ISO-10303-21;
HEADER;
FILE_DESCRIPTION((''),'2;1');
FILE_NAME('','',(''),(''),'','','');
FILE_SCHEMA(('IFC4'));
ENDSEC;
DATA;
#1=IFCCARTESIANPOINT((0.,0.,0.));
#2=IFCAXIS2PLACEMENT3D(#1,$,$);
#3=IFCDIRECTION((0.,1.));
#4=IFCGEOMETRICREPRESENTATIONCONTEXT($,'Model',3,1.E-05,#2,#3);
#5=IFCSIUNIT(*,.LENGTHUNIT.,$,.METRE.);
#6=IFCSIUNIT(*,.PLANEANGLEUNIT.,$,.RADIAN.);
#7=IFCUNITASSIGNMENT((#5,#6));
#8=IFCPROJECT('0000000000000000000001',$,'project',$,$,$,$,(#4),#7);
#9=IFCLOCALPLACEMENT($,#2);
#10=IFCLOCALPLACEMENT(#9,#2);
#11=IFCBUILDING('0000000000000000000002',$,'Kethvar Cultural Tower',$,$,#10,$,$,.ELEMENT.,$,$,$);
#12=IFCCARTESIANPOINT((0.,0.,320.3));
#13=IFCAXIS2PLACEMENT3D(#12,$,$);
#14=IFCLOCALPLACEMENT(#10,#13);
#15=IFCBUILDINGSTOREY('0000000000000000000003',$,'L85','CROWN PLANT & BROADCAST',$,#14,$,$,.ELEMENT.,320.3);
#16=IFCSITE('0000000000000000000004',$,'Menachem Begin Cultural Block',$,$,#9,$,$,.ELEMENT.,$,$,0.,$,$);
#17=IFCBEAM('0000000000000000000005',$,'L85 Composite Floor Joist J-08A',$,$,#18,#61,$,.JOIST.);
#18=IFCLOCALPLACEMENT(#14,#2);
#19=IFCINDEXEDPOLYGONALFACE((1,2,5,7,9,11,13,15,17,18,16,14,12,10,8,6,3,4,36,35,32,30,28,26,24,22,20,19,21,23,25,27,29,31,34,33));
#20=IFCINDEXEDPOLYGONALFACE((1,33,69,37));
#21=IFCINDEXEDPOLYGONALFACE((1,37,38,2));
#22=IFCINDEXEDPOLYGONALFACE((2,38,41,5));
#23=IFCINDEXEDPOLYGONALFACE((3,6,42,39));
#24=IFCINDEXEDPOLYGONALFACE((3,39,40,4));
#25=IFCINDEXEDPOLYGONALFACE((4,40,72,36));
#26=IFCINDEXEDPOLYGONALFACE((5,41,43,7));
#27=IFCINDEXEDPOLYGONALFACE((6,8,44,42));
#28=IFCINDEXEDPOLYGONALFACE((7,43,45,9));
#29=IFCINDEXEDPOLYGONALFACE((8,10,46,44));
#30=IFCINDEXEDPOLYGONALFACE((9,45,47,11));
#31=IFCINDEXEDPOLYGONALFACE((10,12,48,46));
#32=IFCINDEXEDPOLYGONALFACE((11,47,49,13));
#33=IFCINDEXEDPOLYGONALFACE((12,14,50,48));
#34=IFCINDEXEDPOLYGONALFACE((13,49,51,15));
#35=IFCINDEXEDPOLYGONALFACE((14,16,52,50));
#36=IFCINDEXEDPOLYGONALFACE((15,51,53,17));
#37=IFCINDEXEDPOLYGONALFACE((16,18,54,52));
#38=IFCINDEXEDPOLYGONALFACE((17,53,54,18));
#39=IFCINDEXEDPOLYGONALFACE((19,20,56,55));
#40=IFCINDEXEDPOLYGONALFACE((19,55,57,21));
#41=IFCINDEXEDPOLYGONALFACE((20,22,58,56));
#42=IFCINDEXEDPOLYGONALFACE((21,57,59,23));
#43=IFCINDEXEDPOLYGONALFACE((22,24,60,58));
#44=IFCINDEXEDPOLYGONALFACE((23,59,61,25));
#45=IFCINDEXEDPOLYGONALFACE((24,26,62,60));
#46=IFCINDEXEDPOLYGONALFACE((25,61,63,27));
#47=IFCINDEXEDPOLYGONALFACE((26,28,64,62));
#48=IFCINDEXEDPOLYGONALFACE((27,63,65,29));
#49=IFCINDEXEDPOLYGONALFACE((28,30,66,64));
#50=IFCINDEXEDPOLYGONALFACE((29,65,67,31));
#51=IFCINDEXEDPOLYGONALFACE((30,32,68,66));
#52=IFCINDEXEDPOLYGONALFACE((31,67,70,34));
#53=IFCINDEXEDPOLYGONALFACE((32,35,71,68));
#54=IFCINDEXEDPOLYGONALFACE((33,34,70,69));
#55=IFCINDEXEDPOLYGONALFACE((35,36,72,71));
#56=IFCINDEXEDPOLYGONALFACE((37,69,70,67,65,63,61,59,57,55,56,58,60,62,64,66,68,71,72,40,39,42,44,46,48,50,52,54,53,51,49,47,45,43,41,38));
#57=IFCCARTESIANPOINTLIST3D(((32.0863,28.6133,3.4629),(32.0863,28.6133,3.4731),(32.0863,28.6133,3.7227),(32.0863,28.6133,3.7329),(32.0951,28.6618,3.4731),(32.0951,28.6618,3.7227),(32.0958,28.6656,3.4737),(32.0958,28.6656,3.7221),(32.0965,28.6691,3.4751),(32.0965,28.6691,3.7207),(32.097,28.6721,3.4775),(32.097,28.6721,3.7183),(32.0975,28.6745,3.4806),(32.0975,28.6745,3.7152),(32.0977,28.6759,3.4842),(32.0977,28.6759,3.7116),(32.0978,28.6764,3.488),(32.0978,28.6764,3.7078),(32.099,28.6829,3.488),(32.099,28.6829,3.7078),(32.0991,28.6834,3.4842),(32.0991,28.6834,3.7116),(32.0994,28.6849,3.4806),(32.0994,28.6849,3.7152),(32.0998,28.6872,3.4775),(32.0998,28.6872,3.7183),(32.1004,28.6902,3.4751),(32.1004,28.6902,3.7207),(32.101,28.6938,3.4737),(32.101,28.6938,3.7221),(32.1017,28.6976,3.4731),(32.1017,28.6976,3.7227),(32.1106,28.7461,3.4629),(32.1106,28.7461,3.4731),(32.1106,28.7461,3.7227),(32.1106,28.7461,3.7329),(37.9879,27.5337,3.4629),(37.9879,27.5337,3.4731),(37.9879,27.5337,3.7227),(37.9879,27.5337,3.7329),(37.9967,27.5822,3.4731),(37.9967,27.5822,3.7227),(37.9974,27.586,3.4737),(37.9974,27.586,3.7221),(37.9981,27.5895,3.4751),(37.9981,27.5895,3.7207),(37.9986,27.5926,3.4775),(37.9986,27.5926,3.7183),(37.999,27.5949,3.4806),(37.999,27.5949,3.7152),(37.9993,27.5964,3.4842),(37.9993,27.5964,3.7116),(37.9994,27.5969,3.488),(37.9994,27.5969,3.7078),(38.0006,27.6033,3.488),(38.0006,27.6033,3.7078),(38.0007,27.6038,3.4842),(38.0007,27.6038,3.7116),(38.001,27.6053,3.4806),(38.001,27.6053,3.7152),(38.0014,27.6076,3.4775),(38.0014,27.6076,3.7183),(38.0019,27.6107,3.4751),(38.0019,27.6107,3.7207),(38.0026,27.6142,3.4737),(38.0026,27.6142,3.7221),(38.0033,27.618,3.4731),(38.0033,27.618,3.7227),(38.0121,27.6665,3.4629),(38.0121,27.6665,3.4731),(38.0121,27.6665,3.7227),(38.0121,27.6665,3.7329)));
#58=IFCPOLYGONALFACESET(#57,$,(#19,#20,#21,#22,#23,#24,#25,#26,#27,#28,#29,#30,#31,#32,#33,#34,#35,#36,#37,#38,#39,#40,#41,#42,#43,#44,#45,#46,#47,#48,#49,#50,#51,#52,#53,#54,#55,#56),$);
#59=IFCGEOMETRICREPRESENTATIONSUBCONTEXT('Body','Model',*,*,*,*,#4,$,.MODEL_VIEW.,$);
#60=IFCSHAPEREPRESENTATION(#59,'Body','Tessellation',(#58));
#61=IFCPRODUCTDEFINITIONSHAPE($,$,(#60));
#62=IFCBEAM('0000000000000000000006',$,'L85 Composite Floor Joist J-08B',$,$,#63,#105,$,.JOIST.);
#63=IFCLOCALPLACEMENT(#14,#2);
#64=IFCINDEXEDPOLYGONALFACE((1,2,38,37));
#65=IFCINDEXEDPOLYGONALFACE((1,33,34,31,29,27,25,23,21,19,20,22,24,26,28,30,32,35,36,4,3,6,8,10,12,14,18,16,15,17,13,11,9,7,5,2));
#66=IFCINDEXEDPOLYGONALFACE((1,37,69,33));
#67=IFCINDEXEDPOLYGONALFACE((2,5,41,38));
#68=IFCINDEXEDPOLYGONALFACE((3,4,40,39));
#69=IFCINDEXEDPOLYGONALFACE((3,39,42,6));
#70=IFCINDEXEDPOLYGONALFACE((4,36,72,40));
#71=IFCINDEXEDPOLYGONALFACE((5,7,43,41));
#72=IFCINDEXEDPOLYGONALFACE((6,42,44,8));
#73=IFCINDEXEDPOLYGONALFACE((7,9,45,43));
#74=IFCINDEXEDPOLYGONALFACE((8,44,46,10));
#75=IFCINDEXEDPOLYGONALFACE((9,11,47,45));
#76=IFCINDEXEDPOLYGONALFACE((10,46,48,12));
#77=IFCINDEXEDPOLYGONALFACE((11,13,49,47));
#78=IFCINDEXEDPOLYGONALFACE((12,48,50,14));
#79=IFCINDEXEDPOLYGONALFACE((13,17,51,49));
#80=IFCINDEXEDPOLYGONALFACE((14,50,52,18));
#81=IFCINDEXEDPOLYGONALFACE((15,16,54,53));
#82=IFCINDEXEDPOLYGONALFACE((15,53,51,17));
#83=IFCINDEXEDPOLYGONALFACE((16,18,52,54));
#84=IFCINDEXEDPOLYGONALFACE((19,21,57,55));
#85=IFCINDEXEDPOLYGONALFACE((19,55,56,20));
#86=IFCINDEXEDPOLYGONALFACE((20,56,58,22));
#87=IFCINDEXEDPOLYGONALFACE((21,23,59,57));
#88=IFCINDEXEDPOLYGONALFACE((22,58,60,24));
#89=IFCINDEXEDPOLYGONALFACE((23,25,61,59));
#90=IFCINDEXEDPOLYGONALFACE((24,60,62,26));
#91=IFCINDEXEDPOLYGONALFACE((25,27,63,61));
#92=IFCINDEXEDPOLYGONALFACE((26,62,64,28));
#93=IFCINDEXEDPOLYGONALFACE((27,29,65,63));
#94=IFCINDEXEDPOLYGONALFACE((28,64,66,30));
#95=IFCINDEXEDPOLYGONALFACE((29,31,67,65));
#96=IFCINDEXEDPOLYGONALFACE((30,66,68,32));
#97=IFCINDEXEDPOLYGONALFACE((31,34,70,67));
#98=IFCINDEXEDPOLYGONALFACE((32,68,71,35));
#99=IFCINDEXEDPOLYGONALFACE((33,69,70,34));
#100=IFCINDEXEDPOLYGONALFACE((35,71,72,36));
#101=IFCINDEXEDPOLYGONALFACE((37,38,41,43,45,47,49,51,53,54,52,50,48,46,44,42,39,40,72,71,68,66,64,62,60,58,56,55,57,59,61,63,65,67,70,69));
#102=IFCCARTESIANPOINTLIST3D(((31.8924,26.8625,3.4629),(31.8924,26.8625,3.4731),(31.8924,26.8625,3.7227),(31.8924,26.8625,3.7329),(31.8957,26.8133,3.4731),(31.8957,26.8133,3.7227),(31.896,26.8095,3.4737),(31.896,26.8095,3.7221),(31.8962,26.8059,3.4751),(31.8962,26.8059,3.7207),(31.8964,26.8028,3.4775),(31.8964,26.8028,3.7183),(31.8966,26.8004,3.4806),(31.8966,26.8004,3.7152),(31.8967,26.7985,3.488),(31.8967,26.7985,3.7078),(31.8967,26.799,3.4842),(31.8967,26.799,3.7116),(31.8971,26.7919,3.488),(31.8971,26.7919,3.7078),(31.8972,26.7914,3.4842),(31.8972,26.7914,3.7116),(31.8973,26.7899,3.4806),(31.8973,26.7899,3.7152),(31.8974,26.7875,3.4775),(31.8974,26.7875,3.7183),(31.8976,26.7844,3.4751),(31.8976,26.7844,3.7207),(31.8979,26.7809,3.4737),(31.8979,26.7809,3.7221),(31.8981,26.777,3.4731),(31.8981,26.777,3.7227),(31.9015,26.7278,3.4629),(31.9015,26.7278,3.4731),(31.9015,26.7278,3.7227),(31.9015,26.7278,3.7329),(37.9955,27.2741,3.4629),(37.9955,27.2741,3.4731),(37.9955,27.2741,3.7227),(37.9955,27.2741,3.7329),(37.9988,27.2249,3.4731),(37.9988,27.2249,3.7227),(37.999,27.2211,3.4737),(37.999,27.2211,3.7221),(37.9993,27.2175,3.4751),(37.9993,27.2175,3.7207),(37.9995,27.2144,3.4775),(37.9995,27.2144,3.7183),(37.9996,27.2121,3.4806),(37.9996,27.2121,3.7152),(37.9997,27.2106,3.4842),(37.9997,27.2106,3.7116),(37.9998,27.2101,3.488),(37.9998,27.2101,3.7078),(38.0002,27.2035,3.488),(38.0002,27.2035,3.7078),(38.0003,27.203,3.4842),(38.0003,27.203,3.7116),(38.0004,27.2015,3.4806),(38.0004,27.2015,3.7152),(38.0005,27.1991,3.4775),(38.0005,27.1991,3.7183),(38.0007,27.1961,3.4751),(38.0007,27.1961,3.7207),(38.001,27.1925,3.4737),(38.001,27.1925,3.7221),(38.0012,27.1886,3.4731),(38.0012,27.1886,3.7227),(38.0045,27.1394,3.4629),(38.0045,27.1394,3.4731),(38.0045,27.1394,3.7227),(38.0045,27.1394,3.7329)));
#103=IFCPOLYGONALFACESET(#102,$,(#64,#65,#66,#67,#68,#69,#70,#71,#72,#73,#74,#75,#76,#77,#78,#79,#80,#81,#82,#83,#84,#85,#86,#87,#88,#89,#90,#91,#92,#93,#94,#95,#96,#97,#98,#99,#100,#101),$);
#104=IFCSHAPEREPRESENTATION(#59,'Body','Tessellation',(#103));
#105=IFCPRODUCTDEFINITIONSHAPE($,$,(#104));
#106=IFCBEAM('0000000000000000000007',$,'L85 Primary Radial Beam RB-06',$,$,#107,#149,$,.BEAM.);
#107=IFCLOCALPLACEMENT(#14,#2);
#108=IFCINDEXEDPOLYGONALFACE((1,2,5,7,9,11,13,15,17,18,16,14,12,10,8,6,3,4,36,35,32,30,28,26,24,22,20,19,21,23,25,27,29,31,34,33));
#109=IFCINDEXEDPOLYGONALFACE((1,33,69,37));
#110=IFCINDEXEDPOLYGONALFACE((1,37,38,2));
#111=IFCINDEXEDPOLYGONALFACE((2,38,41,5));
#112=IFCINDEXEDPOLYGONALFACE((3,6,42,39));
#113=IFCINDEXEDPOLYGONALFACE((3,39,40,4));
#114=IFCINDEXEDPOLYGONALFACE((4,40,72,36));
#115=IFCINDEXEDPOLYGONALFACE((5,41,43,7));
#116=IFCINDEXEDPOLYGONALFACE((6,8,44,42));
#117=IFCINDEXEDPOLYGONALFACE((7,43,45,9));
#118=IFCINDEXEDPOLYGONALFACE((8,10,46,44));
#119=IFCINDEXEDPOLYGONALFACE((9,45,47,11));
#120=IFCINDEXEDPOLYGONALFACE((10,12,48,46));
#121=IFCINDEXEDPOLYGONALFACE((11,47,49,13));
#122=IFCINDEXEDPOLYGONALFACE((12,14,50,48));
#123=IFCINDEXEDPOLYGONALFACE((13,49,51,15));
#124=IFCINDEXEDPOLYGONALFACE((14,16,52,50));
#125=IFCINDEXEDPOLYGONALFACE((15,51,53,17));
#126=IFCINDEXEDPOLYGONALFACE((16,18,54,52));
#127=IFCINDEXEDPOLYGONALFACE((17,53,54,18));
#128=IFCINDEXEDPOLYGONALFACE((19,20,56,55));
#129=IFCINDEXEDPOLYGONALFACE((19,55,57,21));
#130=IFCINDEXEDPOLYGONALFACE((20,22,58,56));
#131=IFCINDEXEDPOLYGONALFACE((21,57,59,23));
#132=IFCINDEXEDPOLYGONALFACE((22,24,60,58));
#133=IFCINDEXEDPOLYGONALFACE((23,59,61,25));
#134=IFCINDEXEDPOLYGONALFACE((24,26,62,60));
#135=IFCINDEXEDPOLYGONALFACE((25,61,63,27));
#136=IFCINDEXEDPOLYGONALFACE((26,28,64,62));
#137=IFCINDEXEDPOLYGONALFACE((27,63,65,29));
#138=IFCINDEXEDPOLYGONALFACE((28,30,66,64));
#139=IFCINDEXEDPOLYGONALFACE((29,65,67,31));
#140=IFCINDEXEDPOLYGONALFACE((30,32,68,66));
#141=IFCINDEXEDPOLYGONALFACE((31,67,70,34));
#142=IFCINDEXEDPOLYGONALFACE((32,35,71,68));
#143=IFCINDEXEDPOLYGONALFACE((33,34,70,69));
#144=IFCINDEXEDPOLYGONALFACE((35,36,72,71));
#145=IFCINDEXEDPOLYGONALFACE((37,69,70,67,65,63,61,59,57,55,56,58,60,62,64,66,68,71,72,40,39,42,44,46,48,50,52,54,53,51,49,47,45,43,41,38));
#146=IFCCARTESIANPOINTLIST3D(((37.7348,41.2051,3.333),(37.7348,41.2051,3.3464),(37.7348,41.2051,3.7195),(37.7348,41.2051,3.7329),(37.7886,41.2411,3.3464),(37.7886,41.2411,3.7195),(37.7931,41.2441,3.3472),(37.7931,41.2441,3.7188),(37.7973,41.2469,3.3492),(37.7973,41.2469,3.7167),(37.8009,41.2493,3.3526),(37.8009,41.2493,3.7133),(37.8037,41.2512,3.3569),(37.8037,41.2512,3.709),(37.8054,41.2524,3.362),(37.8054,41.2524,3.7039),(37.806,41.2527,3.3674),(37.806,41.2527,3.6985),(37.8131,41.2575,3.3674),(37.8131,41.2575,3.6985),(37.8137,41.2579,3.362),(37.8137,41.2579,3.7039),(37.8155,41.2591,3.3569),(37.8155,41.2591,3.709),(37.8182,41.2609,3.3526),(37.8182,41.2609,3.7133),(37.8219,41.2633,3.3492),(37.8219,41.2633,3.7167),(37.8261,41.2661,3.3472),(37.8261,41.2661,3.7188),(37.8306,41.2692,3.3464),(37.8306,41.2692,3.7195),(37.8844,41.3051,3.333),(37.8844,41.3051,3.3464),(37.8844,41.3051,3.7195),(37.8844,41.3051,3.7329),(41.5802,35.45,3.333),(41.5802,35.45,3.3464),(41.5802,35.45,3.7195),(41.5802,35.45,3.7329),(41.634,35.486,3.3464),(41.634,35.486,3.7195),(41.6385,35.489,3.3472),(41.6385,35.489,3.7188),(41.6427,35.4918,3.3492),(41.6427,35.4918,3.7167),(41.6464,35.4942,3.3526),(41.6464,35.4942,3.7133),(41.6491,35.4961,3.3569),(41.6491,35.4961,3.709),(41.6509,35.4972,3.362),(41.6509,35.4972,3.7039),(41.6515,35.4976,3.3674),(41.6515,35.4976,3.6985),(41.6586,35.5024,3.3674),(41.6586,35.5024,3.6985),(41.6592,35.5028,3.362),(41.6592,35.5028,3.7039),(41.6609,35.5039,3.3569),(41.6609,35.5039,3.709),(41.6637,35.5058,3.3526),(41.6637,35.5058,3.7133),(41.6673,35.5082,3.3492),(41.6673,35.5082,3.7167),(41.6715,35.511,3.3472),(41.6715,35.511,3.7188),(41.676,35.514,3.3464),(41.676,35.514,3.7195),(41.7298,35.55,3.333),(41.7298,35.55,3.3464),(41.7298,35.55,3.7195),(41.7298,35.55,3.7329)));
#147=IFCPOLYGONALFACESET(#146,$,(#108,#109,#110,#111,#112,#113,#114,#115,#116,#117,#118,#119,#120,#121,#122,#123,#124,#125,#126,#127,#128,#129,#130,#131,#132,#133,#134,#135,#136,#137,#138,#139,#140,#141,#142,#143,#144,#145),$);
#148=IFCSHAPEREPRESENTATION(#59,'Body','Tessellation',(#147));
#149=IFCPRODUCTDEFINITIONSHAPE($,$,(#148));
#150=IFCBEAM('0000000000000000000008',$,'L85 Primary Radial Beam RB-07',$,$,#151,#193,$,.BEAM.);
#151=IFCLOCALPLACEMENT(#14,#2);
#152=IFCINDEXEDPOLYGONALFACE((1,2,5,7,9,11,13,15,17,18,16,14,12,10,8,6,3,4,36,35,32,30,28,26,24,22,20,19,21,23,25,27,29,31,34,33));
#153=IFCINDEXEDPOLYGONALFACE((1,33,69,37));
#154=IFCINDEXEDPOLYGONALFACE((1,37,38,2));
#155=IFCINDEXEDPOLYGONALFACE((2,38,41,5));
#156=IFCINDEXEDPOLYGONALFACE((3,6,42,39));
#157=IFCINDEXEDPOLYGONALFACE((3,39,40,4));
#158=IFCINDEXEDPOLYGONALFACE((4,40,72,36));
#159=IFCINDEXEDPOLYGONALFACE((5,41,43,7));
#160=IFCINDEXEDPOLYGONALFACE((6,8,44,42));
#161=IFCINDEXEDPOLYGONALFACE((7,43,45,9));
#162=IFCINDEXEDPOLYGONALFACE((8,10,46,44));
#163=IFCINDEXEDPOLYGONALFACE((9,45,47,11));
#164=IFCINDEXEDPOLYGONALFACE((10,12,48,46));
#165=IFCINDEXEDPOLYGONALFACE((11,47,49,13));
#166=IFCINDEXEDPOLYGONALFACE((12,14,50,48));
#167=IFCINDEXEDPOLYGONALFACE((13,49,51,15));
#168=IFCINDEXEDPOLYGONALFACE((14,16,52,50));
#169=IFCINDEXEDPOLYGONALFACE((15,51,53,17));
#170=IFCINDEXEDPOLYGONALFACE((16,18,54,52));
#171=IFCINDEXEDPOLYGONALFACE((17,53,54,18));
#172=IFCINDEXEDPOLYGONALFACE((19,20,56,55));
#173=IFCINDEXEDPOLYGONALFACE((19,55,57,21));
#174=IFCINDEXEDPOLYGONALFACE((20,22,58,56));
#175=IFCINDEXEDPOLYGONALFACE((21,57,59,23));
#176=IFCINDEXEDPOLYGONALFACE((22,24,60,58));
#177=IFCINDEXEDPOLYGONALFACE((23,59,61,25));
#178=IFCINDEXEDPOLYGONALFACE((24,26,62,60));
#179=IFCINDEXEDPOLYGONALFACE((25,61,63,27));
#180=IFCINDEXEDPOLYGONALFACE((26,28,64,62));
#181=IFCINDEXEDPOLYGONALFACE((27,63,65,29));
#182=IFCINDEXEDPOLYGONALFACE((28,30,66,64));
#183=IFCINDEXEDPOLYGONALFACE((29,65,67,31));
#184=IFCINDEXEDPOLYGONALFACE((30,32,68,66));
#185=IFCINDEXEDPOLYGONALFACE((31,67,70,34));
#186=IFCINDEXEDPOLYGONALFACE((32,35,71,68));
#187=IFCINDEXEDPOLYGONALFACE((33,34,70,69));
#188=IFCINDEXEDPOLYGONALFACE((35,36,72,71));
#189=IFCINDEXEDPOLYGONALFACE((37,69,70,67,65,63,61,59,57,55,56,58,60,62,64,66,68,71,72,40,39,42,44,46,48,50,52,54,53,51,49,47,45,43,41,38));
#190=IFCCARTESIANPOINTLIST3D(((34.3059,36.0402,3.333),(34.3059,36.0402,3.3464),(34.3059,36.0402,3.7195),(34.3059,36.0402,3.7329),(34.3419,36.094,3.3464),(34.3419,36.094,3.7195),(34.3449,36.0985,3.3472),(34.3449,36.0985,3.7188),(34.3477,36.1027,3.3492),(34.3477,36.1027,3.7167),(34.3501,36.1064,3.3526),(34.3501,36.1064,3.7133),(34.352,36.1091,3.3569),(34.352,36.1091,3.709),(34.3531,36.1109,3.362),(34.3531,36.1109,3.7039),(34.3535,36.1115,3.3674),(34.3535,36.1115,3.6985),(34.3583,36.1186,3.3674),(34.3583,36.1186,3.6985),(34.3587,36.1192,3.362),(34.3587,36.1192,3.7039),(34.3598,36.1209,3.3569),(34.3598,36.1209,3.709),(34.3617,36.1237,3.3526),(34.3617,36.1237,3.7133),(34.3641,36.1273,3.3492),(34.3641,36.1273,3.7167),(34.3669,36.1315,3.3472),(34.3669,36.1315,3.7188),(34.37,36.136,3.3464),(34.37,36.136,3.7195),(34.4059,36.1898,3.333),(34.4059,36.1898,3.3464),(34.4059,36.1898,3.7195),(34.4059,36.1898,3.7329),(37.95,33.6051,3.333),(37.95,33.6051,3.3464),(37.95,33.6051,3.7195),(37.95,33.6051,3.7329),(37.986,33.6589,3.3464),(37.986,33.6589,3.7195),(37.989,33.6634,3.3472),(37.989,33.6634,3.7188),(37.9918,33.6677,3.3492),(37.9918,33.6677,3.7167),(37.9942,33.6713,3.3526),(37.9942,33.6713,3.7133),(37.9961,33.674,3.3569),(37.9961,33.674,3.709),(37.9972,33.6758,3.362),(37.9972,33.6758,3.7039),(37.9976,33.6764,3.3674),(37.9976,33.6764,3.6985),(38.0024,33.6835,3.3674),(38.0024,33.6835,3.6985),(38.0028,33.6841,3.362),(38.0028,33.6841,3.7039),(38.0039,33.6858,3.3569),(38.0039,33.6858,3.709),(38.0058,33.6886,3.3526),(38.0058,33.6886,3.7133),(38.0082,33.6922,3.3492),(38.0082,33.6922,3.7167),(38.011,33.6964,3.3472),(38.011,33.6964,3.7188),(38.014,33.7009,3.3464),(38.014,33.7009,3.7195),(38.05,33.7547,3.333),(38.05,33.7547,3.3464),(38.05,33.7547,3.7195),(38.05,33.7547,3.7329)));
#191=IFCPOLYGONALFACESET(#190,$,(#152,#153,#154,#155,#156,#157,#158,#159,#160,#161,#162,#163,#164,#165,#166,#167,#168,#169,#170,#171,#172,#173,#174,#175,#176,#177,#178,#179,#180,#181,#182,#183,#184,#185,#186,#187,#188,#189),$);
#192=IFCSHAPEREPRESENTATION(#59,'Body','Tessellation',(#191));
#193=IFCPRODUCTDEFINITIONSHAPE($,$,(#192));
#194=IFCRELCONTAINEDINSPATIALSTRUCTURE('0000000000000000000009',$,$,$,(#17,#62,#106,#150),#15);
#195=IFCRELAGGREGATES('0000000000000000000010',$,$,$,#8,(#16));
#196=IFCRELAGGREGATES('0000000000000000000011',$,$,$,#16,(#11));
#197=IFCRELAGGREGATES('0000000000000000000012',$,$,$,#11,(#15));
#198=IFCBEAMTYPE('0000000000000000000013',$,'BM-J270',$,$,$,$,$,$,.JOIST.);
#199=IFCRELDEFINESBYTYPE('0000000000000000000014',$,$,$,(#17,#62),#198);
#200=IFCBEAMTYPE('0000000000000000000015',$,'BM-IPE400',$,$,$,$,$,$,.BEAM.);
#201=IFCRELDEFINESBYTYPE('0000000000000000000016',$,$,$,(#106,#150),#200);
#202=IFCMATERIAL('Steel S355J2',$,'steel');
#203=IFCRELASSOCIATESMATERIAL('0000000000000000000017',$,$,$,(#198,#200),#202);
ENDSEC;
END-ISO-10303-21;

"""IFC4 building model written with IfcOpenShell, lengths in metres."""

from ifc_helpers import new_model, si_unit, direction, frame, origin, origin_2d, place, context, subcontext, project, spatial, i_section, extrude, source, transform, mapped, material, material_profile, profile_set, type_object, element, save


model = new_model("IFC4")

# Units and contexts
model_context = context("Model", 3, precision=1e-05, world=origin(), true_north=direction((0.0, 1.0)))
body_context = subcontext(model_context, "Body", "Model", "MODEL_VIEW")
ifc_project = project(units=[si_unit("LENGTHUNIT", "METRE"), si_unit("PLANEANGLEUNIT", "RADIAN")], contexts=[model_context])

# Site, building, storey
site_placement = place(None, origin())
site = spatial("IfcSite", under=ifc_project, at=site_placement, Name="Menachem Begin Cultural Block", CompositionType="ELEMENT", RefElevation=0.0)
building_placement = place(site_placement, origin())
building = spatial("IfcBuilding", under=site, at=building_placement, Name="Kethvar Cultural Tower", CompositionType="ELEMENT")
storey_placement = place(building_placement, frame((0.0, 0.0, 320.3)))
storey = spatial("IfcBuildingStorey", under=building, at=storey_placement, Name="L85", Description="CROWN PLANT & BROADCAST", CompositionType="ELEMENT", Elevation=320.3)

# Beams
ifc_material_1 = material(Name="Steel S355J2", Category="steel")
ifc_material_profile_1 = material_profile(ifc_material_1, i_section(OverallWidth=0.135, OverallDepth=0.27, WebThickness=0.0066, FlangeThickness=0.0103, FilletRadius=0.0149, at=origin_2d()), Name="Steel S355J2 — IPE270")
ifc_profile_set_1 = profile_set([ifc_material_profile_1], Name="Steel S355J2 — IPE270")
beam_type_1 = type_object("IfcBeamType", Name="BM-J270", PredefinedType="JOIST", material=ifc_profile_set_1)
shared_shape_1 = source(origin(), body_context, "Body", "SweptSolid", [
    extrude(i_section(OverallWidth=0.135, OverallDepth=0.27, WebThickness=0.0066, FlangeThickness=0.0103, FilletRadius=0.0149, at=origin_2d()), origin(), (0.0, 0.0, 1.0), 5.9995),
])
beam_1_placement = place(storey_placement, frame((38.0, 27.6001, 3.5979), z_axis=(-0.983677, 0.179945, 0.0), x_axis=(-0.179945, -0.983677, 0.0)))
element("IfcBeam", 1, at=beam_1_placement, inside=storey, type_object=beam_type_1, Name="L85 Composite Floor Joist J-08A", PredefinedType="JOIST", context=body_context, shape_type="MappedRepresentation", body=[
    mapped(shared_shape_1, transform((0.0, 0.0, 0.0), scale=1.0)),
])
shared_shape_2 = source(origin(), body_context, "Body", "SweptSolid", [
    extrude(i_section(OverallWidth=0.135, OverallDepth=0.27, WebThickness=0.0066, FlangeThickness=0.0103, FilletRadius=0.0149, at=origin_2d()), origin(), (0.0, 0.0, 1.0), 6.1169),
])
beam_2_placement = place(storey_placement, frame((38.0, 27.2068, 3.5979), z_axis=(-0.997733, -0.067293, 0.0), x_axis=(0.067293, -0.997733, 0.0)))
element("IfcBeam", 2, at=beam_2_placement, inside=storey, type_object=beam_type_1, Name="L85 Composite Floor Joist J-08B", PredefinedType="JOIST", context=body_context, shape_type="MappedRepresentation", body=[
    mapped(shared_shape_2, transform((0.0, 0.0, 0.0), scale=1.0)),
])
ifc_material_profile_2 = material_profile(ifc_material_1, i_section(OverallWidth=0.1799, OverallDepth=0.3999, WebThickness=0.0085, FlangeThickness=0.0134, FilletRadius=0.021, at=origin_2d()), Name="Steel S355J2 — IPE400")
ifc_profile_set_2 = profile_set([ifc_material_profile_2], Name="Steel S355J2 — IPE400")
beam_type_2 = type_object("IfcBeamType", Name="BM-IPE400", PredefinedType="BEAM", material=ifc_profile_set_2)
shared_shape_3 = source(origin(), body_context, "Body", "SweptSolid", [
    extrude(i_section(OverallWidth=0.1799, OverallDepth=0.3999, WebThickness=0.0085, FlangeThickness=0.0134, FilletRadius=0.021, at=origin_2d()), origin(), (0.0, 0.0, 1.0), 6.9216),
])
beam_3_placement = place(storey_placement, frame((41.655, 35.5, 3.533), z_axis=(-0.555571, 0.831469, 0.0), x_axis=(-0.831469, -0.555571, 0.0)))
element("IfcBeam", 3, at=beam_3_placement, inside=storey, type_object=beam_type_2, Name="L85 Primary Radial Beam RB-06", PredefinedType="BEAM", context=body_context, shape_type="MappedRepresentation", body=[
    mapped(shared_shape_3, transform((0.0, 0.0, 0.0), scale=1.0)),
])
shared_shape_4 = source(origin(), body_context, "Body", "SweptSolid", [
    extrude(i_section(OverallWidth=0.1799, OverallDepth=0.3999, WebThickness=0.0085, FlangeThickness=0.0134, FilletRadius=0.021, at=origin_2d()), origin(), (0.0, 0.0, 1.0), 4.3828),
])
beam_4_placement = place(storey_placement, frame((38.0, 33.6799, 3.533), z_axis=(-0.83145, 0.5556, 0.0), x_axis=(-0.5556, -0.83145, 0.0)))
element("IfcBeam", 4, at=beam_4_placement, inside=storey, type_object=beam_type_2, Name="L85 Primary Radial Beam RB-07", PredefinedType="BEAM", context=body_context, shape_type="MappedRepresentation", body=[
    mapped(shared_shape_4, transform((0.0, 0.0, 0.0), scale=1.0)),
])

save(model, "model.ifc")
